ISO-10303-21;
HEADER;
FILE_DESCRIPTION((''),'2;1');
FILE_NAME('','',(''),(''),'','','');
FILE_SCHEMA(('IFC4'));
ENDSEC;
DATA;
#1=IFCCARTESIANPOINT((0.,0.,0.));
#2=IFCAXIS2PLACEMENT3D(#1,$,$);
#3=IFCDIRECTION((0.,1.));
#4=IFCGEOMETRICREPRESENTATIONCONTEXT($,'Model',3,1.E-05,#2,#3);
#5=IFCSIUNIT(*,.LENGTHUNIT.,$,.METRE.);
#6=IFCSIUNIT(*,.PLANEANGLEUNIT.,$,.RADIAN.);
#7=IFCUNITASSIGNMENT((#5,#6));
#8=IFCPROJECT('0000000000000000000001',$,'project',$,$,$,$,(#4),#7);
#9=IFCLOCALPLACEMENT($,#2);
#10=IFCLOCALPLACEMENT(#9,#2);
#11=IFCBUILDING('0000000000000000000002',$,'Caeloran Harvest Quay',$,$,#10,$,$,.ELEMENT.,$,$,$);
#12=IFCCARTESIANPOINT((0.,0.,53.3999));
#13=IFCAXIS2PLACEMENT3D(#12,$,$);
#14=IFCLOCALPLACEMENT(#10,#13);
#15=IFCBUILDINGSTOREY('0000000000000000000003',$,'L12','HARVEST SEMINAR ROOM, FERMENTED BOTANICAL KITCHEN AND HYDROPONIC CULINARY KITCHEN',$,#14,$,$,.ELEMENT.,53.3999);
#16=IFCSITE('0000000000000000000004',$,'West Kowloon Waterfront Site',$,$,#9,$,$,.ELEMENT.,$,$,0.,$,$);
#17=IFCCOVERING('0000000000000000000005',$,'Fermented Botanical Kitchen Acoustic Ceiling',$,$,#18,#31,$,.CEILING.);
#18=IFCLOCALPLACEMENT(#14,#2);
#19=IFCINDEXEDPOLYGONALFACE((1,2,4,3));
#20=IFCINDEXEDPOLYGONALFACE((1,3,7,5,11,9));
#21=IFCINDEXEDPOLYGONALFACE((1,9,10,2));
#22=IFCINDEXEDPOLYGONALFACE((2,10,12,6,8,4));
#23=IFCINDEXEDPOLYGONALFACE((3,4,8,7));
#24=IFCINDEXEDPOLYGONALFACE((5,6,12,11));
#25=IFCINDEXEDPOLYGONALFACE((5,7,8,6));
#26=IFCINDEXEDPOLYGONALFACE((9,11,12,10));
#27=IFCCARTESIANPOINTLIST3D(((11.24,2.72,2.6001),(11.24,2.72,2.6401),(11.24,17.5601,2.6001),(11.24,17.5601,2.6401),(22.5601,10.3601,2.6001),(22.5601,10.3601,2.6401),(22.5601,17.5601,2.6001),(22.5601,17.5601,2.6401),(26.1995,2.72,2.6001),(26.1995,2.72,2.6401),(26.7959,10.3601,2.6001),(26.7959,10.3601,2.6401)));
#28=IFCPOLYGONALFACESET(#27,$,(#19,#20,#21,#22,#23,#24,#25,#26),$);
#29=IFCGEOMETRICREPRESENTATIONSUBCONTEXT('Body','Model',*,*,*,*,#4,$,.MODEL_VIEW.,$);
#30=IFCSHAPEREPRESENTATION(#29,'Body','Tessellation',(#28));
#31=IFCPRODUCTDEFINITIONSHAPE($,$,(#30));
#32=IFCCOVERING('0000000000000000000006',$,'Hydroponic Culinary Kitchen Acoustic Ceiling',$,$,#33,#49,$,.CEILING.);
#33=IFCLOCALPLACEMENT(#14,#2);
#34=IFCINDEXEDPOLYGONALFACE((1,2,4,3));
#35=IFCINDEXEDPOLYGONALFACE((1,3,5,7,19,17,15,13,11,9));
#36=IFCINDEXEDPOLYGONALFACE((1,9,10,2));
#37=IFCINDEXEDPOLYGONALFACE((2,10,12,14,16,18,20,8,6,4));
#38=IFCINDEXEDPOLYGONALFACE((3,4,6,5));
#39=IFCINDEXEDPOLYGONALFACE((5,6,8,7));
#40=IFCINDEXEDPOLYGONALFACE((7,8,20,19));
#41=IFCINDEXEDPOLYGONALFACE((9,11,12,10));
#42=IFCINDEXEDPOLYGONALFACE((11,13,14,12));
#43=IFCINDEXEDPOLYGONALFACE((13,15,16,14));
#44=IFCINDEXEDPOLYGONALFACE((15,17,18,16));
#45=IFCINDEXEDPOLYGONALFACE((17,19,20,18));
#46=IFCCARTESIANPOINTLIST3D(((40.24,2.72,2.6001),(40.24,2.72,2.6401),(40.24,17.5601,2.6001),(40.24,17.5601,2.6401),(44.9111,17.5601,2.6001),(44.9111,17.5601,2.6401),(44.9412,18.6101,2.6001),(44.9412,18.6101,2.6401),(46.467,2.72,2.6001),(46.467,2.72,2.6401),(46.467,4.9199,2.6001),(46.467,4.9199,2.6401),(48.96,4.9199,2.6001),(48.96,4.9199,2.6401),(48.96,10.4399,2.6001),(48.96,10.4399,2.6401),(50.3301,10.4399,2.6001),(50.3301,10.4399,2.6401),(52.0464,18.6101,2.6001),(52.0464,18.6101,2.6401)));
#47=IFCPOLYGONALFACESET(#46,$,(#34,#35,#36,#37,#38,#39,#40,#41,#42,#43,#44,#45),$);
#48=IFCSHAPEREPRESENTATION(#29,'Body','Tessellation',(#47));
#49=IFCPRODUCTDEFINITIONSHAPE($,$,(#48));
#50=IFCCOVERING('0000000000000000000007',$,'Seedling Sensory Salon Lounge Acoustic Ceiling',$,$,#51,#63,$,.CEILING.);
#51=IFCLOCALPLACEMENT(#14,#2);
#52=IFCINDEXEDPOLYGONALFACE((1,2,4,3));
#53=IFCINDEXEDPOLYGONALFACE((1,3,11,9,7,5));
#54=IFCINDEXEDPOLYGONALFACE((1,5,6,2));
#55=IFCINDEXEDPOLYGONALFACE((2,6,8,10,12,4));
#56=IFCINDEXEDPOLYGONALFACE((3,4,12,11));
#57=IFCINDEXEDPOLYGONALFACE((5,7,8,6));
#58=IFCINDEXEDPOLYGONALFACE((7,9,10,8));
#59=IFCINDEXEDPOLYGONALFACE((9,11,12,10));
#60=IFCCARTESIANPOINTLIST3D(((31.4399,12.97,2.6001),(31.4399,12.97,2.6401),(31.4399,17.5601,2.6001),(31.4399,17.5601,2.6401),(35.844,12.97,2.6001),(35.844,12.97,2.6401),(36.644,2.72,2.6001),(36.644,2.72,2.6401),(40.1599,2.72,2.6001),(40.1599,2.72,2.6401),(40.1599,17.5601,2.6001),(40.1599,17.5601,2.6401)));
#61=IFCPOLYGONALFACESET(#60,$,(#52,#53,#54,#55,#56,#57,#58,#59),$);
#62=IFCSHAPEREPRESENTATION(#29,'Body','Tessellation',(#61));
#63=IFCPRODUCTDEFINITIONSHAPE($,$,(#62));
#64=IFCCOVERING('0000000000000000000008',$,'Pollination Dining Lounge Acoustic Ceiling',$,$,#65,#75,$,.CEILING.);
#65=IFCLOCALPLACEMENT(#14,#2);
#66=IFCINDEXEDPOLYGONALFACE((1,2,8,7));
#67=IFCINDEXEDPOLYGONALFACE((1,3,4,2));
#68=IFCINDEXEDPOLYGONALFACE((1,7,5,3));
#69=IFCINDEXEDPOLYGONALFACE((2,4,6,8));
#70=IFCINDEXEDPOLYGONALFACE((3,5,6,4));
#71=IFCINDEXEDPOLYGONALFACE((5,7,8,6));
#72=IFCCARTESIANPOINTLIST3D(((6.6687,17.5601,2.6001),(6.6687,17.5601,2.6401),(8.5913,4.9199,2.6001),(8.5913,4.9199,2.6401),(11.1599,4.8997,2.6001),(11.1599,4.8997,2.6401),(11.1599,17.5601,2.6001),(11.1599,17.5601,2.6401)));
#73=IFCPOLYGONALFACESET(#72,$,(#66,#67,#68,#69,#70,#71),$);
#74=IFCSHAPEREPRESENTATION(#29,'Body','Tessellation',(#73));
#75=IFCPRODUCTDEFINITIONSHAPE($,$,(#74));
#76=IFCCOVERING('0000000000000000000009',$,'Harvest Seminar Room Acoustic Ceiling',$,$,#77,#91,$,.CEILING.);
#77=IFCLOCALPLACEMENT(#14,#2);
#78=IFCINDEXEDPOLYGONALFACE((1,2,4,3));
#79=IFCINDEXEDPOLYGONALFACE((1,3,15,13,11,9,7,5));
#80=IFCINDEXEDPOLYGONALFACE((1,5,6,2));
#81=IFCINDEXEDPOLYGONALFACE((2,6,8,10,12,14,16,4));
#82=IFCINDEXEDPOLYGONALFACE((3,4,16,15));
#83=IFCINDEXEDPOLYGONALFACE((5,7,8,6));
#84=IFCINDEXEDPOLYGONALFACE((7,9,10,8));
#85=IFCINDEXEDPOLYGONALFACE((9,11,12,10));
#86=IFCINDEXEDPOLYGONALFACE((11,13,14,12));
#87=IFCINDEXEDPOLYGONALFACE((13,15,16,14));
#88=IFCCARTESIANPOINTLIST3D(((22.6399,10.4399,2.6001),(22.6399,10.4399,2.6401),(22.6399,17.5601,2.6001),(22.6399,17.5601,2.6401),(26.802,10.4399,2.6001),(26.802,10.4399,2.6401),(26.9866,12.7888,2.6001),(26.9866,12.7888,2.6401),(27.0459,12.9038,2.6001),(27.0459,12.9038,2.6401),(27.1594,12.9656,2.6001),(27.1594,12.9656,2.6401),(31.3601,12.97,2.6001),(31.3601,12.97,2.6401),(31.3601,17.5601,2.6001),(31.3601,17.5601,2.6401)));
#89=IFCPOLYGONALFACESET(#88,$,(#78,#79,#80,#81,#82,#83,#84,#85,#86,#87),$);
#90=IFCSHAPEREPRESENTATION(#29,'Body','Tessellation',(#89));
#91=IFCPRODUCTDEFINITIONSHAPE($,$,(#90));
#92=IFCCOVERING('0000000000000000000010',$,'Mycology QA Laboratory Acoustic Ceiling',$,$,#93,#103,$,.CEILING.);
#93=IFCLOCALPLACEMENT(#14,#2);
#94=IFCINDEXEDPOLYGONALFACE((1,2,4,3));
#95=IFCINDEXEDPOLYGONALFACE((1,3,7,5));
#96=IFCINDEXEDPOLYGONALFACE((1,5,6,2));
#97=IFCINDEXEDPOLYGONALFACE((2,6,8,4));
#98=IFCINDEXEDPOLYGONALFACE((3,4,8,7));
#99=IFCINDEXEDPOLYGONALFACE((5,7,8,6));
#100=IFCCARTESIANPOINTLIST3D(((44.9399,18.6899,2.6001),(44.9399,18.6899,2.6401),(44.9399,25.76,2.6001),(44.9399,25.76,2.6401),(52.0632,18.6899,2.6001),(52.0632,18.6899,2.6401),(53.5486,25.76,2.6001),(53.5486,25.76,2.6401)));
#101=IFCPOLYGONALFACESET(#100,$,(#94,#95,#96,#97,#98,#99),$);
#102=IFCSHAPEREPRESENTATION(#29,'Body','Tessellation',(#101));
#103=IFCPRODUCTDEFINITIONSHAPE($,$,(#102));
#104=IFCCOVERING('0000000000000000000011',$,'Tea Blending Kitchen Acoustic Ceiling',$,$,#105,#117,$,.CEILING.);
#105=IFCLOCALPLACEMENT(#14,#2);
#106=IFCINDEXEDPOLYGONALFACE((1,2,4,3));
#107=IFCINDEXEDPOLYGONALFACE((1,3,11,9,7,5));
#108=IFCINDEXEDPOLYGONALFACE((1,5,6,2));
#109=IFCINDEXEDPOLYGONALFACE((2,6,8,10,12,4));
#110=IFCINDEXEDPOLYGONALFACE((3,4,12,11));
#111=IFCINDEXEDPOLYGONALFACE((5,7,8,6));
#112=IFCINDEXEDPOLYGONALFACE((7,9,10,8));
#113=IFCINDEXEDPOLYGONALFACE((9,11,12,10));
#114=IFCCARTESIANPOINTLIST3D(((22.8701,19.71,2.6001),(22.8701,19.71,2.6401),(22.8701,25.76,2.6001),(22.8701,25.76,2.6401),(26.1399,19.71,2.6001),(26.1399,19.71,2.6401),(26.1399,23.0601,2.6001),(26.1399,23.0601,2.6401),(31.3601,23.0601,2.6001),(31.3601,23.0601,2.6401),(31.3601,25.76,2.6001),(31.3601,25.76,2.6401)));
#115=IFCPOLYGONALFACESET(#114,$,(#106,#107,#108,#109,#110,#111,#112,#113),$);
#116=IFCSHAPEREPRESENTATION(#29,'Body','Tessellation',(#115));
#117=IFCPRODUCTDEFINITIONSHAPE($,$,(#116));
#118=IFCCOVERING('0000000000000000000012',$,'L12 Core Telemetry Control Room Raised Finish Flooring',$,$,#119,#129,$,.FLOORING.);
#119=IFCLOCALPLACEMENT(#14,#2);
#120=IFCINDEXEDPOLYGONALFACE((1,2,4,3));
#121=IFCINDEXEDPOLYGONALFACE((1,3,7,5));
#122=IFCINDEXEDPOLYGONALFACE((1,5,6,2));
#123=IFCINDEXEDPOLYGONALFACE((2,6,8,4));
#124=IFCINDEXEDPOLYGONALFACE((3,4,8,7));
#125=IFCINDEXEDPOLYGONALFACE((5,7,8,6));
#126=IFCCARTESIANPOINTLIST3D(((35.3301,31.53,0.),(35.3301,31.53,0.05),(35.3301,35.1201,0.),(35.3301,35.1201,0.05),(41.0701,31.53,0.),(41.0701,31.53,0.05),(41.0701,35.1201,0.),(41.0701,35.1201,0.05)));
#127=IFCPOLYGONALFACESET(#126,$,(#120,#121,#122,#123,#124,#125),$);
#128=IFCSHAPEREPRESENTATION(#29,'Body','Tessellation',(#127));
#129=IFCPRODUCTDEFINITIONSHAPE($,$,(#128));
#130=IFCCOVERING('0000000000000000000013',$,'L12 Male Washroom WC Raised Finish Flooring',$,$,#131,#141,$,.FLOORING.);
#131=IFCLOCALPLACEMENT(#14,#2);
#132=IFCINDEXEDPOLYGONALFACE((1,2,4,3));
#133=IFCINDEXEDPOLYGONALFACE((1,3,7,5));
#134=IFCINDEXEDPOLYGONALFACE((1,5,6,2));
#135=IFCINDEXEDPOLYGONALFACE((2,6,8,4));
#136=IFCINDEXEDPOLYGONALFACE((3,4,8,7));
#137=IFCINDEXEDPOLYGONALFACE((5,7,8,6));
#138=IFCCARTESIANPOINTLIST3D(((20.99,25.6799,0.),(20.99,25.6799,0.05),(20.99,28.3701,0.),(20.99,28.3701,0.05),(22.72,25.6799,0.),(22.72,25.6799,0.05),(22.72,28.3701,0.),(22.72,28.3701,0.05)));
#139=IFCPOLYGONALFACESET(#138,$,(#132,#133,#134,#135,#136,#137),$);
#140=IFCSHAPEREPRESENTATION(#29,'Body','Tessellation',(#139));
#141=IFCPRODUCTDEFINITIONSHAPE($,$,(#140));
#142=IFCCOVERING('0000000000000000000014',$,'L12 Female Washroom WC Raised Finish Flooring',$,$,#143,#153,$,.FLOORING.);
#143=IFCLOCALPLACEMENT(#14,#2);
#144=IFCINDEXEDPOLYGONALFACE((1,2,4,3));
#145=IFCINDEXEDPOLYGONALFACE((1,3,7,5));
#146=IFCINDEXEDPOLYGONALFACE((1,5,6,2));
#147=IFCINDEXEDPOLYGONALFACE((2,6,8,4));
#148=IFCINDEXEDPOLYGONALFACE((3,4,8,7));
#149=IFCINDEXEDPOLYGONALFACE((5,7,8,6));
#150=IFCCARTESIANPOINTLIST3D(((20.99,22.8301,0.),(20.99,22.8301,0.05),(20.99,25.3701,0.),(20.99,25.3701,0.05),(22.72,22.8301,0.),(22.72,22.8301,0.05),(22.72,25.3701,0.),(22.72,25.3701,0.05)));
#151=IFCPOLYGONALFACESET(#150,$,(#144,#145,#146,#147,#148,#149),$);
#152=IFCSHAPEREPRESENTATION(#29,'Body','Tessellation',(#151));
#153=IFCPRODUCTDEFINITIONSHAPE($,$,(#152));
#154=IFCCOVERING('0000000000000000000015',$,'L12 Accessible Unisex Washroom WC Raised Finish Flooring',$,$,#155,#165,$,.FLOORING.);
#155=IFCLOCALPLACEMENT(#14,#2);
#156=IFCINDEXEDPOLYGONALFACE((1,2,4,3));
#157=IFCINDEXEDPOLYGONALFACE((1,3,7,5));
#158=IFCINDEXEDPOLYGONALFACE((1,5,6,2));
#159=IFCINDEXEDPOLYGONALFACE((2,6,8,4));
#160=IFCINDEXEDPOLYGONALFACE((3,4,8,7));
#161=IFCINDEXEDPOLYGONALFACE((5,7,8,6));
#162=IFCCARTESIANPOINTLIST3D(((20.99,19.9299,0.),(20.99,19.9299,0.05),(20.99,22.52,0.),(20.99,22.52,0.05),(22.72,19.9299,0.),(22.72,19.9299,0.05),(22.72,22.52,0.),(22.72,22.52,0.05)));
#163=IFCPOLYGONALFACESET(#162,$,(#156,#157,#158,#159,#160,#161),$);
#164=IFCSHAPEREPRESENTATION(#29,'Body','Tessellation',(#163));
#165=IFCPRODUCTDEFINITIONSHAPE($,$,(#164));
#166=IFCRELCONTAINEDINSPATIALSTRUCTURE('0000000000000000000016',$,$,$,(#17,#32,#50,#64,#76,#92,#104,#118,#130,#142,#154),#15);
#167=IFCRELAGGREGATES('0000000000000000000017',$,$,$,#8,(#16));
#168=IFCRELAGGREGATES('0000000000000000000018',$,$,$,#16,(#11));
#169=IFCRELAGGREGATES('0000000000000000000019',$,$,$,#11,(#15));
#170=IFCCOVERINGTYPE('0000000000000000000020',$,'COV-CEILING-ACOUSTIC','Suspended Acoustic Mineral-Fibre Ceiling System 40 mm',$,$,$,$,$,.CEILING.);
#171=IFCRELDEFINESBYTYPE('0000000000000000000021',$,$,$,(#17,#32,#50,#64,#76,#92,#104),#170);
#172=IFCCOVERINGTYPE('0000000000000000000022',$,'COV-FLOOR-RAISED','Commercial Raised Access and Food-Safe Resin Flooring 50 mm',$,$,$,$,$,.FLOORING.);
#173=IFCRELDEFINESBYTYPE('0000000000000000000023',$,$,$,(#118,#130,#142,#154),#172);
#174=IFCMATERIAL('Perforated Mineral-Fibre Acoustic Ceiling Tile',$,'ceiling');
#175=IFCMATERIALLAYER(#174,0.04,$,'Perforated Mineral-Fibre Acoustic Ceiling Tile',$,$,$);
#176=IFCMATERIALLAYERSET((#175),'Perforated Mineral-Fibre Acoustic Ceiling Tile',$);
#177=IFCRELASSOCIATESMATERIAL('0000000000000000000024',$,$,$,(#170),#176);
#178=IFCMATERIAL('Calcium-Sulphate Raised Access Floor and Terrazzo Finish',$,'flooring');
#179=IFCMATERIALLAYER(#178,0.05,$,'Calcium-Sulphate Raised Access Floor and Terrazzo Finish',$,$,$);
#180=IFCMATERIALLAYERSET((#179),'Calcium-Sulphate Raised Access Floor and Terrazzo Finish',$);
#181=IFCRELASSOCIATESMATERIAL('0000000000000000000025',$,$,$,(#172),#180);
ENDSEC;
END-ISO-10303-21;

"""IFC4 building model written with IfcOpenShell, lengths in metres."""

from ifc_helpers import new_model, si_unit, direction, frame, origin, place, context, subcontext, project, spatial, polyline, outline, extrude, material, layer, layer_set, type_object, element, save


model = new_model("IFC4")

# Units and contexts
model_context = context("Model", 3, precision=1e-05, world=origin(), true_north=direction((0.0, 1.0)))
body_context = subcontext(model_context, "Body", "Model", "MODEL_VIEW")
ifc_project = project(units=[si_unit("LENGTHUNIT", "METRE"), si_unit("PLANEANGLEUNIT", "RADIAN")], contexts=[model_context])

# Site, building, storey
site_placement = place(None, origin())
site = spatial("IfcSite", under=ifc_project, at=site_placement, Name="West Kowloon Waterfront Site", CompositionType="ELEMENT", RefElevation=0.0)
building_placement = place(site_placement, origin())
building = spatial("IfcBuilding", under=site, at=building_placement, Name="Caeloran Harvest Quay", CompositionType="ELEMENT")
storey_placement = place(building_placement, frame((0.0, 0.0, 53.3999)))
storey = spatial("IfcBuildingStorey", under=building, at=storey_placement, Name="L12", Description="HARVEST SEMINAR ROOM, FERMENTED BOTANICAL KITCHEN AND HYDROPONIC CULINARY KITCHEN", CompositionType="ELEMENT", Elevation=53.3999)

# Coverings
ifc_material_1 = material(Name="Perforated Mineral-Fibre Acoustic Ceiling Tile", Category="ceiling")
ifc_layer_1 = layer(ifc_material_1, 0.04, Name="Perforated Mineral-Fibre Acoustic Ceiling Tile")
ifc_layer_set_1 = layer_set([ifc_layer_1], Name="Perforated Mineral-Fibre Acoustic Ceiling Tile")
covering_type_1 = type_object("IfcCoveringType", Name="COV-CEILING-ACOUSTIC", Description="Suspended Acoustic Mineral-Fibre Ceiling System 40 mm", PredefinedType="CEILING", material=ifc_layer_set_1)
covering_1_placement = place(storey_placement, frame((0.0, 0.0, 2.6001)))
element("IfcCovering", 1, at=covering_1_placement, inside=storey, type_object=covering_type_1, Name="Fermented Botanical Kitchen Acoustic Ceiling", PredefinedType="CEILING", context=body_context, shape_type="SweptSolid", body=[
    extrude(outline(polyline([(22.5601, 10.3601), (26.7959, 10.3601), (26.1995, 2.72), (11.24, 2.72), (11.24, 17.5601), (22.5601, 17.5601), (22.5601, 10.3601)])), origin(), (0.0, 0.0, 1.0), 0.04),
])
covering_2_placement = place(storey_placement, frame((0.0, 0.0, 2.6001)))
element("IfcCovering", 2, at=covering_2_placement, inside=storey, type_object=covering_type_1, Name="Hydroponic Culinary Kitchen Acoustic Ceiling", PredefinedType="CEILING", context=body_context, shape_type="SweptSolid", body=[
    extrude(outline(polyline([(52.0464, 18.6101), (50.3301, 10.4399), (48.96, 10.4399), (48.96, 4.9199), (46.467, 4.9199), (46.467, 2.72), (40.24, 2.72), (40.24, 17.5601), (44.9111, 17.5601), (44.9412, 18.6101), (52.0464, 18.6101)])), origin(), (0.0, 0.0, 1.0), 0.04),
])
covering_3_placement = place(storey_placement, frame((0.0, 0.0, 2.6001)))
element("IfcCovering", 3, at=covering_3_placement, inside=storey, type_object=covering_type_1, Name="Seedling Sensory Salon Lounge Acoustic Ceiling", PredefinedType="CEILING", context=body_context, shape_type="SweptSolid", body=[
    extrude(outline(polyline([(31.4399, 17.5601), (40.1599, 17.5601), (40.1599, 2.72), (36.644, 2.72), (35.844, 12.97), (31.4399, 12.97), (31.4399, 17.5601)])), origin(), (0.0, 0.0, 1.0), 0.04),
])
covering_4_placement = place(storey_placement, frame((0.0, 0.0, 2.6001)))
element("IfcCovering", 4, at=covering_4_placement, inside=storey, type_object=covering_type_1, Name="Pollination Dining Lounge Acoustic Ceiling", PredefinedType="CEILING", context=body_context, shape_type="SweptSolid", body=[
    extrude(outline(polyline([(11.1599, 4.8997), (8.5913, 4.9199), (6.6687, 17.5601), (11.1599, 17.5601), (11.1599, 4.8997)])), origin(), (0.0, 0.0, 1.0), 0.04),
])
covering_5_placement = place(storey_placement, frame((0.0, 0.0, 2.6001)))
element("IfcCovering", 5, at=covering_5_placement, inside=storey, type_object=covering_type_1, Name="Harvest Seminar Room Acoustic Ceiling", PredefinedType="CEILING", context=body_context, shape_type="SweptSolid", body=[
    extrude(outline(polyline([(27.1594, 12.9656), (27.0459, 12.9038), (26.9866, 12.7888), (26.802, 10.4399), (22.6399, 10.4399), (22.6399, 17.5601), (31.3601, 17.5601), (31.3601, 12.97), (27.1594, 12.9656)])), origin(), (0.0, 0.0, 1.0), 0.04),
])
covering_6_placement = place(storey_placement, frame((0.0, 0.0, 2.6001)))
element("IfcCovering", 6, at=covering_6_placement, inside=storey, type_object=covering_type_1, Name="Mycology QA Laboratory Acoustic Ceiling", PredefinedType="CEILING", context=body_context, shape_type="SweptSolid", body=[
    extrude(outline(polyline([(44.9399, 18.6899), (44.9399, 25.76), (53.5486, 25.76), (52.0632, 18.6899), (44.9399, 18.6899)])), origin(), (0.0, 0.0, 1.0), 0.04),
])
covering_7_placement = place(storey_placement, frame((0.0, 0.0, 2.6001)))
element("IfcCovering", 7, at=covering_7_placement, inside=storey, type_object=covering_type_1, Name="Tea Blending Kitchen Acoustic Ceiling", PredefinedType="CEILING", context=body_context, shape_type="SweptSolid", body=[
    extrude(outline(polyline([(26.1399, 23.0601), (26.1399, 19.71), (22.8701, 19.71), (22.8701, 25.76), (31.3601, 25.76), (31.3601, 23.0601), (26.1399, 23.0601)])), origin(), (0.0, 0.0, 1.0), 0.04),
])
ifc_material_2 = material(Name="Calcium-Sulphate Raised Access Floor and Terrazzo Finish", Category="flooring")
ifc_layer_2 = layer(ifc_material_2, 0.05, Name="Calcium-Sulphate Raised Access Floor and Terrazzo Finish")
ifc_layer_set_2 = layer_set([ifc_layer_2], Name="Calcium-Sulphate Raised Access Floor and Terrazzo Finish")
covering_type_2 = type_object("IfcCoveringType", Name="COV-FLOOR-RAISED", Description="Commercial Raised Access and Food-Safe Resin Flooring 50 mm", PredefinedType="FLOORING", material=ifc_layer_set_2)
covering_8_placement = place(storey_placement, origin())
element("IfcCovering", 8, at=covering_8_placement, inside=storey, type_object=covering_type_2, Name="L12 Core Telemetry Control Room Raised Finish Flooring", PredefinedType="FLOORING", context=body_context, shape_type="SweptSolid", body=[
    extrude(outline(polyline([(41.0701, 35.1201), (41.0701, 31.53), (35.3301, 31.53), (35.3301, 35.1201), (41.0701, 35.1201)])), origin(), (0.0, 0.0, 1.0), 0.05),
])
covering_9_placement = place(storey_placement, origin())
element("IfcCovering", 9, at=covering_9_placement, inside=storey, type_object=covering_type_2, Name="L12 Male Washroom WC Raised Finish Flooring", PredefinedType="FLOORING", context=body_context, shape_type="SweptSolid", body=[
    extrude(outline(polyline([(22.72, 25.6799), (20.99, 25.6799), (20.99, 28.3701), (22.72, 28.3701), (22.72, 25.6799)])), origin(), (0.0, 0.0, 1.0), 0.05),
])
covering_10_placement = place(storey_placement, origin())
element("IfcCovering", 10, at=covering_10_placement, inside=storey, type_object=covering_type_2, Name="L12 Female Washroom WC Raised Finish Flooring", PredefinedType="FLOORING", context=body_context, shape_type="SweptSolid", body=[
    extrude(outline(polyline([(22.72, 22.8301), (20.99, 22.8301), (20.99, 25.3701), (22.72, 25.3701), (22.72, 22.8301)])), origin(), (0.0, 0.0, 1.0), 0.05),
])
covering_11_placement = place(storey_placement, origin())
element("IfcCovering", 11, at=covering_11_placement, inside=storey, type_object=covering_type_2, Name="L12 Accessible Unisex Washroom WC Raised Finish Flooring", PredefinedType="FLOORING", context=body_context, shape_type="SweptSolid", body=[
    extrude(outline(polyline([(22.72, 19.9299), (20.99, 19.9299), (20.99, 22.52), (22.72, 22.52), (22.72, 19.9299)])), origin(), (0.0, 0.0, 1.0), 0.05),
])

save(model, "model.ifc")
